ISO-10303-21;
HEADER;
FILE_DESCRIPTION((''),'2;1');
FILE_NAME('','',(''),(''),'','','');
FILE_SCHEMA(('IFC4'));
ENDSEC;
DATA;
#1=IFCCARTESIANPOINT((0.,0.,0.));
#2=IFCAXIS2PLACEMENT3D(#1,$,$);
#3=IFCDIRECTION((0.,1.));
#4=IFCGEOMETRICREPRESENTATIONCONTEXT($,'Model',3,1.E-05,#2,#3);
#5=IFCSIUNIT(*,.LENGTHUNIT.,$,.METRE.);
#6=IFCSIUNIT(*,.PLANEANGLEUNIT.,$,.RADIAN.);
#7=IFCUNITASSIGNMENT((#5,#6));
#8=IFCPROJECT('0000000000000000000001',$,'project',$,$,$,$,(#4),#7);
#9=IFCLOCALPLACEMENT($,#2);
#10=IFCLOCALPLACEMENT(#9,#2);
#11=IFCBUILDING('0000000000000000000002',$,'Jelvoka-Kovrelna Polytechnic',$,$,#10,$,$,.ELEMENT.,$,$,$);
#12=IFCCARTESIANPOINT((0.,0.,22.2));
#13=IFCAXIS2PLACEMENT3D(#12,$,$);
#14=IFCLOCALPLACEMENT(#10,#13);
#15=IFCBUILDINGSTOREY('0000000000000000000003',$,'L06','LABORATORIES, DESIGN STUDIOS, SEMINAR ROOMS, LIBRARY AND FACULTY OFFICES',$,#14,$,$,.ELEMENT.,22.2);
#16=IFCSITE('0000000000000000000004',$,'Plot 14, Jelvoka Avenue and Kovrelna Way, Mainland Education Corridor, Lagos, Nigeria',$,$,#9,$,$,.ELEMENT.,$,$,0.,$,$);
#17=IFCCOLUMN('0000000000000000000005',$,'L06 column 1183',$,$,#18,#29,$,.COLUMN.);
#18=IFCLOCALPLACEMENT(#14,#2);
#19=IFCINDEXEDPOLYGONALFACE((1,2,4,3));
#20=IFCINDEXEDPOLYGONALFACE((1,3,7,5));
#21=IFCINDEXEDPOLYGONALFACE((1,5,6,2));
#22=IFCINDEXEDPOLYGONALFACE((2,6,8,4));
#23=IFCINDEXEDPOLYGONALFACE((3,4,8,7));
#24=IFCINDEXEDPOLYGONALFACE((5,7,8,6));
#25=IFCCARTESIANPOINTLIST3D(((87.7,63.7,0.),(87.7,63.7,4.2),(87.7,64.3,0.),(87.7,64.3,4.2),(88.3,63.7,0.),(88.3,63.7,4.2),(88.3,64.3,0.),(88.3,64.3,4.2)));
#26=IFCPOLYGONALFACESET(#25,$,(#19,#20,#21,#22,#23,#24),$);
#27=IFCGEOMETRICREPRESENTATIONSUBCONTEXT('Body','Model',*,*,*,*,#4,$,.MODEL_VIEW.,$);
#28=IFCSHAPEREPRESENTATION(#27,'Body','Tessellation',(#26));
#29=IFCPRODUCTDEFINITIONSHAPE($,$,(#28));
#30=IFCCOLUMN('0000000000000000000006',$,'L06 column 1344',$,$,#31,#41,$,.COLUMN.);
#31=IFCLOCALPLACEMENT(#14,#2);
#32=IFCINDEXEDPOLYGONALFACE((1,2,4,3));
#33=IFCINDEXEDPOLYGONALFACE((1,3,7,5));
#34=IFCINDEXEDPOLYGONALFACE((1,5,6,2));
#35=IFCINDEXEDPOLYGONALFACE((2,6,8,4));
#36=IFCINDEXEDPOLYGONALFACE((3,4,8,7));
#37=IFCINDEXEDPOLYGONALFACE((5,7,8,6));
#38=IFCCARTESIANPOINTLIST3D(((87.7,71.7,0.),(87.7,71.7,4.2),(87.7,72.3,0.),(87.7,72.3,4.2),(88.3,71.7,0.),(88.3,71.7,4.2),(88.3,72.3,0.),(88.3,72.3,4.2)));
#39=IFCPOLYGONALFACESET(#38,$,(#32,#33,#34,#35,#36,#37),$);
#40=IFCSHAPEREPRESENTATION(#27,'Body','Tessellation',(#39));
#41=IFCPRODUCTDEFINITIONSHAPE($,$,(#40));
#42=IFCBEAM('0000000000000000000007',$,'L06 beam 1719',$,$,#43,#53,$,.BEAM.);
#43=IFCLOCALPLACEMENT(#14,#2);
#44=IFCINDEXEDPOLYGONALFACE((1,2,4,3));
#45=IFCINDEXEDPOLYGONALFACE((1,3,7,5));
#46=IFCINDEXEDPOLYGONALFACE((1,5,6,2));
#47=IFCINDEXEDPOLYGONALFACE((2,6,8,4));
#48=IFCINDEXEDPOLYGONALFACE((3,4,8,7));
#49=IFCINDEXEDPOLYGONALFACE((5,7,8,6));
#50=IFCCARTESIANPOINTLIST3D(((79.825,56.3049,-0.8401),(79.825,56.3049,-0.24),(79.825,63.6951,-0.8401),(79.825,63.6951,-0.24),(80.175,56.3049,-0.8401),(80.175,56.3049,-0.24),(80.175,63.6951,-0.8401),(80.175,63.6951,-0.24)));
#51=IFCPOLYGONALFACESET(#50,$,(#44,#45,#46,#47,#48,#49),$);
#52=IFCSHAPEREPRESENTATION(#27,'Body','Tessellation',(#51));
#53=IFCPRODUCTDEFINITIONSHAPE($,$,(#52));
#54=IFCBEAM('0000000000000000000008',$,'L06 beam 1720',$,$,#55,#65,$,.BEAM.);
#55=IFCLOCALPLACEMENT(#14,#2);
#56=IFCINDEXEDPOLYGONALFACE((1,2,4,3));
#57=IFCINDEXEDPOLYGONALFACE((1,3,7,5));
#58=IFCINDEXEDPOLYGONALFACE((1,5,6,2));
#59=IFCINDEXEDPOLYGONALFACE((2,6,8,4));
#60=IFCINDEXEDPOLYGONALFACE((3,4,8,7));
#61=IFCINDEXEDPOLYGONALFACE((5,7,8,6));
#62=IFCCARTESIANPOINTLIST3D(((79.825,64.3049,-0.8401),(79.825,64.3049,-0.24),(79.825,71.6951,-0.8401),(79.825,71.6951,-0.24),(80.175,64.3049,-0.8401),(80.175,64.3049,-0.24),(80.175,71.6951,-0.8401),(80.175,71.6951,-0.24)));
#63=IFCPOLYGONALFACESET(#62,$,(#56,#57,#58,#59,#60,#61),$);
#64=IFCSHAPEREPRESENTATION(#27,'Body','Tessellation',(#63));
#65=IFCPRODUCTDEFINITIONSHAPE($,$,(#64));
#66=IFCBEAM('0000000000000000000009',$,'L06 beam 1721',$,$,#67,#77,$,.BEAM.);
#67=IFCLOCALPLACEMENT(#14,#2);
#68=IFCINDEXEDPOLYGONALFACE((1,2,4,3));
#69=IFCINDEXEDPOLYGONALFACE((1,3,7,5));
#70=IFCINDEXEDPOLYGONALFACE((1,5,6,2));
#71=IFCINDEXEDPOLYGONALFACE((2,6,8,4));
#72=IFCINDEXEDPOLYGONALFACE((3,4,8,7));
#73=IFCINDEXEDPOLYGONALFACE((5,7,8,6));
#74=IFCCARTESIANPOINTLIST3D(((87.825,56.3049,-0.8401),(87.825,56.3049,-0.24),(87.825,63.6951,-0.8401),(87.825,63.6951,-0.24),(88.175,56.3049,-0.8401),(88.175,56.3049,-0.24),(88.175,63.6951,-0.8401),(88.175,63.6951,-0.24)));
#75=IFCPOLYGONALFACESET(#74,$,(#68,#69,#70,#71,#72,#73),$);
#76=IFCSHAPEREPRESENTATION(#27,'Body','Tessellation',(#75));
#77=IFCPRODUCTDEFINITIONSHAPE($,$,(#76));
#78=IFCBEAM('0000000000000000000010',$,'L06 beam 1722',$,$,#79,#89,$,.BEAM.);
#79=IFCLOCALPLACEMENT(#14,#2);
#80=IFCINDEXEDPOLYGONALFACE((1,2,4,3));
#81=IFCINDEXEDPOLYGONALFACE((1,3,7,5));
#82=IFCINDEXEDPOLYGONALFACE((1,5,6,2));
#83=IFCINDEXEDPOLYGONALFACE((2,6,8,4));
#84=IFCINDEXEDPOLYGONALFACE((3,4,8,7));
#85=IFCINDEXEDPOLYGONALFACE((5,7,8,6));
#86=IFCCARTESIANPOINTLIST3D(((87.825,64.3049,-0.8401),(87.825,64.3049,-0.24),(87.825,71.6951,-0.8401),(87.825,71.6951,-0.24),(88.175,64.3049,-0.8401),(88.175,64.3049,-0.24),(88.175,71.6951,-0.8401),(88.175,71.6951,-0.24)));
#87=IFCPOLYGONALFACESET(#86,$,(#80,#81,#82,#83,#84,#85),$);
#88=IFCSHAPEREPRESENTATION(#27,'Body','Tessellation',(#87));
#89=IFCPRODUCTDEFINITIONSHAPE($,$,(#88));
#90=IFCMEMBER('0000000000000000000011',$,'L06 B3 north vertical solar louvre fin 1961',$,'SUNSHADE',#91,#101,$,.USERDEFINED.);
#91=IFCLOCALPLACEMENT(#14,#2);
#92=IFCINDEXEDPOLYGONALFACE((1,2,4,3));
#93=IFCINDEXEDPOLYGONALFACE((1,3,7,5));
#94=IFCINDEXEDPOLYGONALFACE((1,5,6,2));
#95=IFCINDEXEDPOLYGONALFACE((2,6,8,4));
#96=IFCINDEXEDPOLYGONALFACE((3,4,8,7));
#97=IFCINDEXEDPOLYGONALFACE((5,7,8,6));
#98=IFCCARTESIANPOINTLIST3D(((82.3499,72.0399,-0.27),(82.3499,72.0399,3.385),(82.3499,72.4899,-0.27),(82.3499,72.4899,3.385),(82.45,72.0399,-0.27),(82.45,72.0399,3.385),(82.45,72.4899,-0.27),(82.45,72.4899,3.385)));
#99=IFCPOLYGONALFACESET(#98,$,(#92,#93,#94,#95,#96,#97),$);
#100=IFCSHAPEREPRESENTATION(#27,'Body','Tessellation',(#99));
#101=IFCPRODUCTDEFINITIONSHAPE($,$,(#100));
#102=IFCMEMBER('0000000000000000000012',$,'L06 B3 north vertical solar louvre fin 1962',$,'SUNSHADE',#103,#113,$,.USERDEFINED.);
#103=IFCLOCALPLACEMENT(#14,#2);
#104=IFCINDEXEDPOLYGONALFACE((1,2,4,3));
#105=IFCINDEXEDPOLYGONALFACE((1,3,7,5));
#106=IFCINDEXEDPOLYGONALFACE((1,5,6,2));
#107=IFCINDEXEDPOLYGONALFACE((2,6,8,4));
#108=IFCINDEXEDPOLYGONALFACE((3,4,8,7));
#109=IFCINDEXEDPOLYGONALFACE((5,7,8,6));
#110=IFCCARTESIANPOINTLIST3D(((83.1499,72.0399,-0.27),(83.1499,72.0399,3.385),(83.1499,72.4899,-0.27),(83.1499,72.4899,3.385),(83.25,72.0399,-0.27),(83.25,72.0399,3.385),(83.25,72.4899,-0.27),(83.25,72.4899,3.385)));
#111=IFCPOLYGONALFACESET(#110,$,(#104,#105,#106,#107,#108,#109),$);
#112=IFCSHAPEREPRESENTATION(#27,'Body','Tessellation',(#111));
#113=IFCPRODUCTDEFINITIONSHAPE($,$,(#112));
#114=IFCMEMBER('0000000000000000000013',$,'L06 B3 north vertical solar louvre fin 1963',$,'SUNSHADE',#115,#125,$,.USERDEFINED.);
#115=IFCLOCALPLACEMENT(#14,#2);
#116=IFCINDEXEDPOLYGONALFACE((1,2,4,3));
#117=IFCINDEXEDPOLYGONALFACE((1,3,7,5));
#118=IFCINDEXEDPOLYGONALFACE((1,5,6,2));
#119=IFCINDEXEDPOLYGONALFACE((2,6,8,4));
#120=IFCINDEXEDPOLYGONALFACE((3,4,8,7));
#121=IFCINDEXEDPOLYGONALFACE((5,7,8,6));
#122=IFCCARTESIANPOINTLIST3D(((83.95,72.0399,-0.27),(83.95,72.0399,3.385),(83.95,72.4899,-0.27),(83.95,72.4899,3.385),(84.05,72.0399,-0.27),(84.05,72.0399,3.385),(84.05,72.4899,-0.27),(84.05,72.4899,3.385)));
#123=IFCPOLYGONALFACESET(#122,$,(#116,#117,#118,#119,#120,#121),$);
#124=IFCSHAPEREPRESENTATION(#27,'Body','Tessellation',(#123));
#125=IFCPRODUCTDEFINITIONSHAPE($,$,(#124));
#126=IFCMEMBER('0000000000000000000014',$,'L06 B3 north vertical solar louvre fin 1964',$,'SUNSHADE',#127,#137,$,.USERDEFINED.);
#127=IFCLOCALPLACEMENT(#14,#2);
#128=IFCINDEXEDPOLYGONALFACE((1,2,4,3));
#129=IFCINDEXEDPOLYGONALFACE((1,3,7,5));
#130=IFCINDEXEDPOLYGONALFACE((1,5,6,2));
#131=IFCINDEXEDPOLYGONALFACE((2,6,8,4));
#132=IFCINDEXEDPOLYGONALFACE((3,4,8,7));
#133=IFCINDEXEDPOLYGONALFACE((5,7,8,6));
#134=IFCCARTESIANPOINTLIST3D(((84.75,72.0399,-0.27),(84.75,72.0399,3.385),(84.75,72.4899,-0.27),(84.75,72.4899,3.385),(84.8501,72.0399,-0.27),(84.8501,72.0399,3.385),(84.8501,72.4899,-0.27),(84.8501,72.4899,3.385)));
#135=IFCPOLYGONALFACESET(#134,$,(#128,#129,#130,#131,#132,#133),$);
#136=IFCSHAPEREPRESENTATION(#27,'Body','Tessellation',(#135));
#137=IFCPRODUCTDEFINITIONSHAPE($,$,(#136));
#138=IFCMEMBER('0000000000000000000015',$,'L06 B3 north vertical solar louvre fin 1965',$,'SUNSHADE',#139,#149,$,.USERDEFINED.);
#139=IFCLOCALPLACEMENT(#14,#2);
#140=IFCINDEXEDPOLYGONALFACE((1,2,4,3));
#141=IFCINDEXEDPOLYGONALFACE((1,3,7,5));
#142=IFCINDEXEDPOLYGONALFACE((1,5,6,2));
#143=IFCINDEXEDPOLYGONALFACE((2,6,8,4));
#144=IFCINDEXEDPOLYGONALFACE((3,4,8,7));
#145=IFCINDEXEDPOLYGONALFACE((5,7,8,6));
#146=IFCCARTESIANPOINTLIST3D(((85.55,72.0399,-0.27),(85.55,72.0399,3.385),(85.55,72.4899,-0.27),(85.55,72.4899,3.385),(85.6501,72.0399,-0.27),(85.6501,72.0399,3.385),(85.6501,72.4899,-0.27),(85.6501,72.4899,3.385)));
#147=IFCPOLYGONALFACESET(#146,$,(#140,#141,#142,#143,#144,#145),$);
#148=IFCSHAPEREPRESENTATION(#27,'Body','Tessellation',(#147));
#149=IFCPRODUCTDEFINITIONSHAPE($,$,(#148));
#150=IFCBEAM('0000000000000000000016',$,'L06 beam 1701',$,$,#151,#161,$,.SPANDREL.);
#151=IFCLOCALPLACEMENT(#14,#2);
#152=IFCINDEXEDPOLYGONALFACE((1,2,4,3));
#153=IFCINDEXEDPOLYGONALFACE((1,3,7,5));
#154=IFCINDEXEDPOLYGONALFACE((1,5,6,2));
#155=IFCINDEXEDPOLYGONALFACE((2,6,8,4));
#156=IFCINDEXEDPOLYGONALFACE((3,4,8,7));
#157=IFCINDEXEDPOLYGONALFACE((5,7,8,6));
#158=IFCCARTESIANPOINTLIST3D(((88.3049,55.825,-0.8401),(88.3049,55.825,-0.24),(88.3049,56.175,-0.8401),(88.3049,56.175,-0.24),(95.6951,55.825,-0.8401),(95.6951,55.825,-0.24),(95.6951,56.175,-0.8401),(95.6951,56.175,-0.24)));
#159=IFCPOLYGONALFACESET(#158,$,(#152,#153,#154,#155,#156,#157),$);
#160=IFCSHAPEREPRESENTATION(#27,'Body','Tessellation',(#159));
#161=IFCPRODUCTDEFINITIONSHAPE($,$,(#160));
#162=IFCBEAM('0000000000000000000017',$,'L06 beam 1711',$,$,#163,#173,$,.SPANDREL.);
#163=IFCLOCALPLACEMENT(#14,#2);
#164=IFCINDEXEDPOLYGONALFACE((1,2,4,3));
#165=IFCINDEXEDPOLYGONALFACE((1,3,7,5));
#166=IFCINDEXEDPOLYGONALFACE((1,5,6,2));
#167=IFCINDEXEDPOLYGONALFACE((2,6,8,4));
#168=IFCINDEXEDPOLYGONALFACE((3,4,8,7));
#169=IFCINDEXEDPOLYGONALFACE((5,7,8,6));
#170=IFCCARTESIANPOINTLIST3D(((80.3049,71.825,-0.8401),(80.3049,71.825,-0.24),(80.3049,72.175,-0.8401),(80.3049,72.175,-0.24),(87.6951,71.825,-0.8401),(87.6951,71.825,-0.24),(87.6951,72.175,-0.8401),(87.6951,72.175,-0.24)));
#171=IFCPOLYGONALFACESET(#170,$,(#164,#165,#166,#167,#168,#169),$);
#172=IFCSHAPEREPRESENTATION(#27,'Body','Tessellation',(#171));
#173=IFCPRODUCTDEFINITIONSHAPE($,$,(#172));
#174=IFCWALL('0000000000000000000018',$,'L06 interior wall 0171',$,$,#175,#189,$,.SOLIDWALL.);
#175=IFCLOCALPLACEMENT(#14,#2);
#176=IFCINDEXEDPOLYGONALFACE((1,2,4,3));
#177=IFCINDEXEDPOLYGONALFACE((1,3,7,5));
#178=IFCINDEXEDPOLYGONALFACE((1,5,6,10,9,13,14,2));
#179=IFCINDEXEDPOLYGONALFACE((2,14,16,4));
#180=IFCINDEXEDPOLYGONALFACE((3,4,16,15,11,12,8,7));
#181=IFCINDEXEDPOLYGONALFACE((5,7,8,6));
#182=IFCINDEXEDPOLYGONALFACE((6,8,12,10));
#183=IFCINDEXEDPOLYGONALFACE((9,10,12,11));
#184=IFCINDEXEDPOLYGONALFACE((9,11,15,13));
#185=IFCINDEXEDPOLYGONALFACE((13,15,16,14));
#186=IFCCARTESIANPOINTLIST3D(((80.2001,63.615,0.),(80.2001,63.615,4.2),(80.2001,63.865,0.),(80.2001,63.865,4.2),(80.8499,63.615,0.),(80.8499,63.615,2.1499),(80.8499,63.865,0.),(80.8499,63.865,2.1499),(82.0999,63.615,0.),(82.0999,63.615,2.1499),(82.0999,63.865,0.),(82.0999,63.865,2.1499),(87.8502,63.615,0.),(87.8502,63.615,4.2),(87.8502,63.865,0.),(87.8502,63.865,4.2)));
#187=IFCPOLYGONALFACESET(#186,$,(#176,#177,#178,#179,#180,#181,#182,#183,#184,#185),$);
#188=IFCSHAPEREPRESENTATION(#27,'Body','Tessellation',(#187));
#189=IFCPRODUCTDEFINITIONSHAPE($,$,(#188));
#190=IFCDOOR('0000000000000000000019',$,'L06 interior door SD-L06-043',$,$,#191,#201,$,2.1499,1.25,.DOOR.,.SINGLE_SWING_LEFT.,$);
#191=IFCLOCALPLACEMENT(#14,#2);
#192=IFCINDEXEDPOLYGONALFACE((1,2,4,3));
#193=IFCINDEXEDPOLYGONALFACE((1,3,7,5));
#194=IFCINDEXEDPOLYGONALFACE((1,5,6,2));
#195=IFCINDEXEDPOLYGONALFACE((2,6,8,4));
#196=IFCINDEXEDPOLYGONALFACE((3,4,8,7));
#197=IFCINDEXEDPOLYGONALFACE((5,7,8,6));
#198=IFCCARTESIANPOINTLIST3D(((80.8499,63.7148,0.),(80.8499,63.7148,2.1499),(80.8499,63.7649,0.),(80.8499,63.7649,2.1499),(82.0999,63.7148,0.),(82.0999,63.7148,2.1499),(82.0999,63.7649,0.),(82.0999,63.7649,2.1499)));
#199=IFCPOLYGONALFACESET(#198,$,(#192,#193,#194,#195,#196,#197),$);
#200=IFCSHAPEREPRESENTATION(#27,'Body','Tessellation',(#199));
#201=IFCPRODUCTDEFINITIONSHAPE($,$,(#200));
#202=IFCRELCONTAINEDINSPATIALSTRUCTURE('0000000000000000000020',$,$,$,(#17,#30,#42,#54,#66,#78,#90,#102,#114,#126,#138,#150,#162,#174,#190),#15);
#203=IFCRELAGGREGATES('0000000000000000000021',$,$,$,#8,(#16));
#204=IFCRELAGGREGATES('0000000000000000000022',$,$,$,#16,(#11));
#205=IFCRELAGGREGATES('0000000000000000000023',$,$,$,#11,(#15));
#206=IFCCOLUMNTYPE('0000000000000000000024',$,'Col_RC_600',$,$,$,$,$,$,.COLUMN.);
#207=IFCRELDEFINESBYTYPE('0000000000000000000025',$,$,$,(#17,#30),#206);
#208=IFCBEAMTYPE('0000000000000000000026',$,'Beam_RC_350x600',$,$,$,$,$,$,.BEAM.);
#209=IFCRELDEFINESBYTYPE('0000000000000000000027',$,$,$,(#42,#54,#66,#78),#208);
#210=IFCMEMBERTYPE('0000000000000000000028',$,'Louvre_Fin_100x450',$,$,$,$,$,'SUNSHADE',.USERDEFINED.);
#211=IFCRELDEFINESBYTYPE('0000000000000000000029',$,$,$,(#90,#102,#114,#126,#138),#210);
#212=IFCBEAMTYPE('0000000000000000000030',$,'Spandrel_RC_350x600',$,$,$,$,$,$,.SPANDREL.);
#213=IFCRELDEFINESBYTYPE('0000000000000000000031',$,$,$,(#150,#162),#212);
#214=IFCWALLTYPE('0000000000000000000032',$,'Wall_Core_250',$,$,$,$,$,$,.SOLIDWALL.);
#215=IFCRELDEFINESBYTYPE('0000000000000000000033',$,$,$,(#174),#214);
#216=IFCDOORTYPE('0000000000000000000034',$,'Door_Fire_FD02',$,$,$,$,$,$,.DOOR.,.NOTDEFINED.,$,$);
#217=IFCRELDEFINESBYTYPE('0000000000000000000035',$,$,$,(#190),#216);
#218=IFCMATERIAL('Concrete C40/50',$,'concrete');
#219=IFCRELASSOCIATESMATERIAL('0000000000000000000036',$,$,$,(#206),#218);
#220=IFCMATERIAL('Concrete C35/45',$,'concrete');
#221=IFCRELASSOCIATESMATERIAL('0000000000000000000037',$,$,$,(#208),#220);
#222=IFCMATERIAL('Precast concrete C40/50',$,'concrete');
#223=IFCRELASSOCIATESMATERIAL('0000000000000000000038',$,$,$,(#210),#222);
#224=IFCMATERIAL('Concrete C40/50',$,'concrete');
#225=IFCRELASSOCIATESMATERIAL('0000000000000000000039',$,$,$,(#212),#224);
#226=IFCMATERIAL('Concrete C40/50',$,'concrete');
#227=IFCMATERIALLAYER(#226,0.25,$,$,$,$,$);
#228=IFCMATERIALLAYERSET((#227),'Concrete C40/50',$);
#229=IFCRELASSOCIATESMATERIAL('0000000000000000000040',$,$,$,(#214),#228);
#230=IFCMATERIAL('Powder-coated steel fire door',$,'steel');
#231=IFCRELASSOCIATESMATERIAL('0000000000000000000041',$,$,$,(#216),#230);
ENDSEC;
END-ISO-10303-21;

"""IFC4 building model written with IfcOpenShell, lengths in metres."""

from ifc_helpers import new_model, si_unit, direction, frame, frame_2d, origin, origin_2d, place, context, subcontext, project, spatial, rectangle, extrude, material, layer, layer_set, material_profile, profile_set, type_object, element, fill, save


model = new_model("IFC4")

# Units and contexts
model_context = context("Model", 3, precision=1e-05, world=origin(), true_north=direction((0.0, 1.0)))
body_context = subcontext(model_context, "Body", "Model", "MODEL_VIEW")
ifc_project = project(units=[si_unit("LENGTHUNIT", "METRE"), si_unit("PLANEANGLEUNIT", "RADIAN")], contexts=[model_context])

# Site, building, storey
site_placement = place(None, origin())
site = spatial("IfcSite", under=ifc_project, at=site_placement, Name="Plot 14, Jelvoka Avenue and Kovrelna Way, Mainland Education Corridor, Lagos, Nigeria", CompositionType="ELEMENT", RefElevation=0.0)
building_placement = place(site_placement, origin())
building = spatial("IfcBuilding", under=site, at=building_placement, Name="Jelvoka-Kovrelna Polytechnic", CompositionType="ELEMENT")
storey_placement = place(building_placement, frame((0.0, 0.0, 22.2)))
storey = spatial("IfcBuildingStorey", under=building, at=storey_placement, Name="L06", Description="LABORATORIES, DESIGN STUDIOS, SEMINAR ROOMS, LIBRARY AND FACULTY OFFICES", CompositionType="ELEMENT", Elevation=22.2)

# Columns
ifc_material_1 = material(Name="Concrete C40/50", Category="concrete")
ifc_material_profile_1 = material_profile(ifc_material_1, rectangle(XDim=0.6001, YDim=0.6001, at=origin_2d()), Name="RC 600x600")
ifc_profile_set_1 = profile_set([ifc_material_profile_1], Name="Concrete C40/50")
column_type = type_object("IfcColumnType", Name="Col_RC_600", PredefinedType="COLUMN", material=ifc_profile_set_1)
for number, where, z_axis, x_axis, name in (
    (1, (88.0, 64.0, 0.0), (0.0, 0.0, 1.0), (1.0, 0.0, 0.0), "L06 column 1183"),
    (2, (88.0, 72.0, 0.0), (0.0, 0.0, 1.0), (1.0, 0.0, 0.0), "L06 column 1344"),
):
    element("IfcColumn", number, at=place(storey_placement, frame(where, z_axis=z_axis, x_axis=x_axis)), inside=storey, type_object=column_type, Name=name, PredefinedType="COLUMN", context=body_context, shape_type="SweptSolid", body=[
        extrude(rectangle(XDim=0.6001, YDim=0.6001, at=origin_2d()), origin(), (0.0, 0.0, 1.0), 4.2),
    ])

# Beams
ifc_material_2 = material(Name="Concrete C35/45", Category="concrete")
ifc_material_profile_2 = material_profile(ifc_material_2, rectangle(XDim=0.3501, YDim=0.6001, at=origin_2d()), Name="RC 350x600")
ifc_profile_set_2 = profile_set([ifc_material_profile_2], Name="Concrete C35/45")
beam_type_1 = type_object("IfcBeamType", Name="Beam_RC_350x600", PredefinedType="BEAM", material=ifc_profile_set_2)
for number, where, z_axis, x_axis, name in (
    (3, (80.0, 56.3049, -0.54), (0.0, 1.0, 0.0), (-1.0, 0.0, 0.0), "L06 beam 1719"),
    (4, (80.0, 64.3049, -0.54), (0.0, 1.0, 0.0), (-1.0, 0.0, 0.0), "L06 beam 1720"),
    (5, (88.0, 56.3049, -0.54), (0.0, 1.0, 0.0), (-1.0, 0.0, 0.0), "L06 beam 1721"),
    (6, (88.0, 64.3049, -0.54), (0.0, 1.0, 0.0), (-1.0, 0.0, 0.0), "L06 beam 1722"),
):
    element("IfcBeam", number, at=place(storey_placement, frame(where, z_axis=z_axis, x_axis=x_axis)), inside=storey, type_object=beam_type_1, Name=name, PredefinedType="BEAM", context=body_context, shape_type="SweptSolid", body=[
        extrude(rectangle(XDim=0.3501, YDim=0.6001, at=origin_2d()), origin(), (0.0, 0.0, 1.0), 7.3901),
    ])

# Members
ifc_material_3 = material(Name="Precast concrete C40/50", Category="concrete")
ifc_material_profile_3 = material_profile(ifc_material_3, rectangle(XDim=0.1001, YDim=0.45, at=origin_2d()), Name="PC 100x450")
ifc_profile_set_3 = profile_set([ifc_material_profile_3], Name="Precast concrete C40/50")
member_type = type_object("IfcMemberType", Name="Louvre_Fin_100x450", ElementType="SUNSHADE", PredefinedType="USERDEFINED", material=ifc_profile_set_3)
for number, where, z_axis, x_axis, name in (
    (7, (82.3999, 72.2649, -0.27), (0.0, 0.0, 1.0), (1.0, 0.0, 0.0), "L06 B3 north vertical solar louvre fin 1961"),
    (8, (83.2, 72.2649, -0.27), (0.0, 0.0, 1.0), (1.0, 0.0, 0.0), "L06 B3 north vertical solar louvre fin 1962"),
    (9, (84.0, 72.2649, -0.27), (0.0, 0.0, 1.0), (1.0, 0.0, 0.0), "L06 B3 north vertical solar louvre fin 1963"),
    (10, (84.8, 72.2649, -0.27), (0.0, 0.0, 1.0), (1.0, 0.0, 0.0), "L06 B3 north vertical solar louvre fin 1964"),
    (11, (85.6001, 72.2649, -0.27), (0.0, 0.0, 1.0), (1.0, 0.0, 0.0), "L06 B3 north vertical solar louvre fin 1965"),
):
    element("IfcMember", number, at=place(storey_placement, frame(where, z_axis=z_axis, x_axis=x_axis)), inside=storey, type_object=member_type, Name=name, ObjectType="SUNSHADE", PredefinedType="USERDEFINED", context=body_context, shape_type="SweptSolid", body=[
        extrude(rectangle(XDim=0.1001, YDim=0.45, at=origin_2d()), origin(), (0.0, 0.0, 1.0), 3.655),
    ])

# Beams
ifc_material_4 = material(Name="Concrete C40/50", Category="concrete")
ifc_material_profile_4 = material_profile(ifc_material_4, rectangle(XDim=0.3501, YDim=0.6001, at=origin_2d()), Name="RC 350x600")
ifc_profile_set_4 = profile_set([ifc_material_profile_4], Name="Concrete C40/50")
beam_type_2 = type_object("IfcBeamType", Name="Spandrel_RC_350x600", PredefinedType="SPANDREL", material=ifc_profile_set_4)
for number, where, z_axis, x_axis, name in (
    (12, (88.3049, 56.0, -0.54), (1.0, 0.0, 0.0), (0.0, 1.0, 0.0), "L06 beam 1701"),
    (13, (80.3049, 72.0, -0.54), (1.0, 0.0, 0.0), (0.0, 1.0, 0.0), "L06 beam 1711"),
):
    element("IfcBeam", number, at=place(storey_placement, frame(where, z_axis=z_axis, x_axis=x_axis)), inside=storey, type_object=beam_type_2, Name=name, PredefinedType="SPANDREL", context=body_context, shape_type="SweptSolid", body=[
        extrude(rectangle(XDim=0.3501, YDim=0.6001, at=origin_2d()), origin(), (0.0, 0.0, 1.0), 7.3901),
    ])

# Wall, opening, door
ifc_material_5 = material(Name="Concrete C40/50", Category="concrete")
ifc_layer_1 = layer(ifc_material_5, 0.25)
ifc_layer_set_1 = layer_set([ifc_layer_1], Name="Concrete C40/50")
wall_type_1 = type_object("IfcWallType", Name="Wall_Core_250", PredefinedType="SOLIDWALL", material=ifc_layer_set_1)
wall_1_placement = place(storey_placement, frame((80.2, 63.74, 0.0), z_axis=(0.0, 0.0, 1.0), x_axis=(1.0, 0.0, 0.0)))
wall_1 = element("IfcWall", 14, at=wall_1_placement, inside=storey, type_object=wall_type_1, Name="L06 interior wall 0171", PredefinedType="SOLIDWALL", context=body_context, shape_type="SweptSolid", body=[
    extrude(rectangle(XDim=7.6501, YDim=0.25, at=frame_2d((3.8252, 0.0))), origin(), (0.0, 0.0, 1.0), 4.2),
])
opening_1_placement = place(wall_1_placement, frame((0.6499, 0.0, 0.0)))
opening_1 = element("IfcOpeningElement", 15, at=opening_1_placement, cuts=wall_1, PredefinedType="OPENING", context=body_context, shape_type="SweptSolid", body=[
    extrude(rectangle(XDim=1.25, YDim=2.1499, at=frame_2d((0.625, 1.075))), frame((0.0, 0.135, 0.0), z_axis=(0.0, -1.0, 0.0), x_axis=(1.0, 0.0, 0.0)), (0.0, 0.0, 1.0), 0.27),
])
ifc_material_6 = material(Name="Powder-coated steel fire door", Category="steel")
door_type = type_object("IfcDoorType", Name="Door_Fire_FD02", OperationType="NOTDEFINED", PredefinedType="DOOR", material=ifc_material_6)
door_placement = place(opening_1_placement, origin())
door = element("IfcDoor", 16, at=door_placement, inside=storey, type_object=door_type, Name="L06 interior door SD-L06-043", OperationType="SINGLE_SWING_LEFT", OverallHeight=2.1499, OverallWidth=1.25, PredefinedType="DOOR", context=body_context, shape_type="SweptSolid", body=[
    extrude(rectangle(XDim=1.25, YDim=2.1499, at=frame_2d((0.625, 1.075))), frame((0.0, 0.0249, 0.0), z_axis=(0.0, -1.0, 0.0), x_axis=(1.0, 0.0, 0.0)), (0.0, 0.0, 1.0), 0.05),
])
fill(opening_1, door)

save(model, "model.ifc")
